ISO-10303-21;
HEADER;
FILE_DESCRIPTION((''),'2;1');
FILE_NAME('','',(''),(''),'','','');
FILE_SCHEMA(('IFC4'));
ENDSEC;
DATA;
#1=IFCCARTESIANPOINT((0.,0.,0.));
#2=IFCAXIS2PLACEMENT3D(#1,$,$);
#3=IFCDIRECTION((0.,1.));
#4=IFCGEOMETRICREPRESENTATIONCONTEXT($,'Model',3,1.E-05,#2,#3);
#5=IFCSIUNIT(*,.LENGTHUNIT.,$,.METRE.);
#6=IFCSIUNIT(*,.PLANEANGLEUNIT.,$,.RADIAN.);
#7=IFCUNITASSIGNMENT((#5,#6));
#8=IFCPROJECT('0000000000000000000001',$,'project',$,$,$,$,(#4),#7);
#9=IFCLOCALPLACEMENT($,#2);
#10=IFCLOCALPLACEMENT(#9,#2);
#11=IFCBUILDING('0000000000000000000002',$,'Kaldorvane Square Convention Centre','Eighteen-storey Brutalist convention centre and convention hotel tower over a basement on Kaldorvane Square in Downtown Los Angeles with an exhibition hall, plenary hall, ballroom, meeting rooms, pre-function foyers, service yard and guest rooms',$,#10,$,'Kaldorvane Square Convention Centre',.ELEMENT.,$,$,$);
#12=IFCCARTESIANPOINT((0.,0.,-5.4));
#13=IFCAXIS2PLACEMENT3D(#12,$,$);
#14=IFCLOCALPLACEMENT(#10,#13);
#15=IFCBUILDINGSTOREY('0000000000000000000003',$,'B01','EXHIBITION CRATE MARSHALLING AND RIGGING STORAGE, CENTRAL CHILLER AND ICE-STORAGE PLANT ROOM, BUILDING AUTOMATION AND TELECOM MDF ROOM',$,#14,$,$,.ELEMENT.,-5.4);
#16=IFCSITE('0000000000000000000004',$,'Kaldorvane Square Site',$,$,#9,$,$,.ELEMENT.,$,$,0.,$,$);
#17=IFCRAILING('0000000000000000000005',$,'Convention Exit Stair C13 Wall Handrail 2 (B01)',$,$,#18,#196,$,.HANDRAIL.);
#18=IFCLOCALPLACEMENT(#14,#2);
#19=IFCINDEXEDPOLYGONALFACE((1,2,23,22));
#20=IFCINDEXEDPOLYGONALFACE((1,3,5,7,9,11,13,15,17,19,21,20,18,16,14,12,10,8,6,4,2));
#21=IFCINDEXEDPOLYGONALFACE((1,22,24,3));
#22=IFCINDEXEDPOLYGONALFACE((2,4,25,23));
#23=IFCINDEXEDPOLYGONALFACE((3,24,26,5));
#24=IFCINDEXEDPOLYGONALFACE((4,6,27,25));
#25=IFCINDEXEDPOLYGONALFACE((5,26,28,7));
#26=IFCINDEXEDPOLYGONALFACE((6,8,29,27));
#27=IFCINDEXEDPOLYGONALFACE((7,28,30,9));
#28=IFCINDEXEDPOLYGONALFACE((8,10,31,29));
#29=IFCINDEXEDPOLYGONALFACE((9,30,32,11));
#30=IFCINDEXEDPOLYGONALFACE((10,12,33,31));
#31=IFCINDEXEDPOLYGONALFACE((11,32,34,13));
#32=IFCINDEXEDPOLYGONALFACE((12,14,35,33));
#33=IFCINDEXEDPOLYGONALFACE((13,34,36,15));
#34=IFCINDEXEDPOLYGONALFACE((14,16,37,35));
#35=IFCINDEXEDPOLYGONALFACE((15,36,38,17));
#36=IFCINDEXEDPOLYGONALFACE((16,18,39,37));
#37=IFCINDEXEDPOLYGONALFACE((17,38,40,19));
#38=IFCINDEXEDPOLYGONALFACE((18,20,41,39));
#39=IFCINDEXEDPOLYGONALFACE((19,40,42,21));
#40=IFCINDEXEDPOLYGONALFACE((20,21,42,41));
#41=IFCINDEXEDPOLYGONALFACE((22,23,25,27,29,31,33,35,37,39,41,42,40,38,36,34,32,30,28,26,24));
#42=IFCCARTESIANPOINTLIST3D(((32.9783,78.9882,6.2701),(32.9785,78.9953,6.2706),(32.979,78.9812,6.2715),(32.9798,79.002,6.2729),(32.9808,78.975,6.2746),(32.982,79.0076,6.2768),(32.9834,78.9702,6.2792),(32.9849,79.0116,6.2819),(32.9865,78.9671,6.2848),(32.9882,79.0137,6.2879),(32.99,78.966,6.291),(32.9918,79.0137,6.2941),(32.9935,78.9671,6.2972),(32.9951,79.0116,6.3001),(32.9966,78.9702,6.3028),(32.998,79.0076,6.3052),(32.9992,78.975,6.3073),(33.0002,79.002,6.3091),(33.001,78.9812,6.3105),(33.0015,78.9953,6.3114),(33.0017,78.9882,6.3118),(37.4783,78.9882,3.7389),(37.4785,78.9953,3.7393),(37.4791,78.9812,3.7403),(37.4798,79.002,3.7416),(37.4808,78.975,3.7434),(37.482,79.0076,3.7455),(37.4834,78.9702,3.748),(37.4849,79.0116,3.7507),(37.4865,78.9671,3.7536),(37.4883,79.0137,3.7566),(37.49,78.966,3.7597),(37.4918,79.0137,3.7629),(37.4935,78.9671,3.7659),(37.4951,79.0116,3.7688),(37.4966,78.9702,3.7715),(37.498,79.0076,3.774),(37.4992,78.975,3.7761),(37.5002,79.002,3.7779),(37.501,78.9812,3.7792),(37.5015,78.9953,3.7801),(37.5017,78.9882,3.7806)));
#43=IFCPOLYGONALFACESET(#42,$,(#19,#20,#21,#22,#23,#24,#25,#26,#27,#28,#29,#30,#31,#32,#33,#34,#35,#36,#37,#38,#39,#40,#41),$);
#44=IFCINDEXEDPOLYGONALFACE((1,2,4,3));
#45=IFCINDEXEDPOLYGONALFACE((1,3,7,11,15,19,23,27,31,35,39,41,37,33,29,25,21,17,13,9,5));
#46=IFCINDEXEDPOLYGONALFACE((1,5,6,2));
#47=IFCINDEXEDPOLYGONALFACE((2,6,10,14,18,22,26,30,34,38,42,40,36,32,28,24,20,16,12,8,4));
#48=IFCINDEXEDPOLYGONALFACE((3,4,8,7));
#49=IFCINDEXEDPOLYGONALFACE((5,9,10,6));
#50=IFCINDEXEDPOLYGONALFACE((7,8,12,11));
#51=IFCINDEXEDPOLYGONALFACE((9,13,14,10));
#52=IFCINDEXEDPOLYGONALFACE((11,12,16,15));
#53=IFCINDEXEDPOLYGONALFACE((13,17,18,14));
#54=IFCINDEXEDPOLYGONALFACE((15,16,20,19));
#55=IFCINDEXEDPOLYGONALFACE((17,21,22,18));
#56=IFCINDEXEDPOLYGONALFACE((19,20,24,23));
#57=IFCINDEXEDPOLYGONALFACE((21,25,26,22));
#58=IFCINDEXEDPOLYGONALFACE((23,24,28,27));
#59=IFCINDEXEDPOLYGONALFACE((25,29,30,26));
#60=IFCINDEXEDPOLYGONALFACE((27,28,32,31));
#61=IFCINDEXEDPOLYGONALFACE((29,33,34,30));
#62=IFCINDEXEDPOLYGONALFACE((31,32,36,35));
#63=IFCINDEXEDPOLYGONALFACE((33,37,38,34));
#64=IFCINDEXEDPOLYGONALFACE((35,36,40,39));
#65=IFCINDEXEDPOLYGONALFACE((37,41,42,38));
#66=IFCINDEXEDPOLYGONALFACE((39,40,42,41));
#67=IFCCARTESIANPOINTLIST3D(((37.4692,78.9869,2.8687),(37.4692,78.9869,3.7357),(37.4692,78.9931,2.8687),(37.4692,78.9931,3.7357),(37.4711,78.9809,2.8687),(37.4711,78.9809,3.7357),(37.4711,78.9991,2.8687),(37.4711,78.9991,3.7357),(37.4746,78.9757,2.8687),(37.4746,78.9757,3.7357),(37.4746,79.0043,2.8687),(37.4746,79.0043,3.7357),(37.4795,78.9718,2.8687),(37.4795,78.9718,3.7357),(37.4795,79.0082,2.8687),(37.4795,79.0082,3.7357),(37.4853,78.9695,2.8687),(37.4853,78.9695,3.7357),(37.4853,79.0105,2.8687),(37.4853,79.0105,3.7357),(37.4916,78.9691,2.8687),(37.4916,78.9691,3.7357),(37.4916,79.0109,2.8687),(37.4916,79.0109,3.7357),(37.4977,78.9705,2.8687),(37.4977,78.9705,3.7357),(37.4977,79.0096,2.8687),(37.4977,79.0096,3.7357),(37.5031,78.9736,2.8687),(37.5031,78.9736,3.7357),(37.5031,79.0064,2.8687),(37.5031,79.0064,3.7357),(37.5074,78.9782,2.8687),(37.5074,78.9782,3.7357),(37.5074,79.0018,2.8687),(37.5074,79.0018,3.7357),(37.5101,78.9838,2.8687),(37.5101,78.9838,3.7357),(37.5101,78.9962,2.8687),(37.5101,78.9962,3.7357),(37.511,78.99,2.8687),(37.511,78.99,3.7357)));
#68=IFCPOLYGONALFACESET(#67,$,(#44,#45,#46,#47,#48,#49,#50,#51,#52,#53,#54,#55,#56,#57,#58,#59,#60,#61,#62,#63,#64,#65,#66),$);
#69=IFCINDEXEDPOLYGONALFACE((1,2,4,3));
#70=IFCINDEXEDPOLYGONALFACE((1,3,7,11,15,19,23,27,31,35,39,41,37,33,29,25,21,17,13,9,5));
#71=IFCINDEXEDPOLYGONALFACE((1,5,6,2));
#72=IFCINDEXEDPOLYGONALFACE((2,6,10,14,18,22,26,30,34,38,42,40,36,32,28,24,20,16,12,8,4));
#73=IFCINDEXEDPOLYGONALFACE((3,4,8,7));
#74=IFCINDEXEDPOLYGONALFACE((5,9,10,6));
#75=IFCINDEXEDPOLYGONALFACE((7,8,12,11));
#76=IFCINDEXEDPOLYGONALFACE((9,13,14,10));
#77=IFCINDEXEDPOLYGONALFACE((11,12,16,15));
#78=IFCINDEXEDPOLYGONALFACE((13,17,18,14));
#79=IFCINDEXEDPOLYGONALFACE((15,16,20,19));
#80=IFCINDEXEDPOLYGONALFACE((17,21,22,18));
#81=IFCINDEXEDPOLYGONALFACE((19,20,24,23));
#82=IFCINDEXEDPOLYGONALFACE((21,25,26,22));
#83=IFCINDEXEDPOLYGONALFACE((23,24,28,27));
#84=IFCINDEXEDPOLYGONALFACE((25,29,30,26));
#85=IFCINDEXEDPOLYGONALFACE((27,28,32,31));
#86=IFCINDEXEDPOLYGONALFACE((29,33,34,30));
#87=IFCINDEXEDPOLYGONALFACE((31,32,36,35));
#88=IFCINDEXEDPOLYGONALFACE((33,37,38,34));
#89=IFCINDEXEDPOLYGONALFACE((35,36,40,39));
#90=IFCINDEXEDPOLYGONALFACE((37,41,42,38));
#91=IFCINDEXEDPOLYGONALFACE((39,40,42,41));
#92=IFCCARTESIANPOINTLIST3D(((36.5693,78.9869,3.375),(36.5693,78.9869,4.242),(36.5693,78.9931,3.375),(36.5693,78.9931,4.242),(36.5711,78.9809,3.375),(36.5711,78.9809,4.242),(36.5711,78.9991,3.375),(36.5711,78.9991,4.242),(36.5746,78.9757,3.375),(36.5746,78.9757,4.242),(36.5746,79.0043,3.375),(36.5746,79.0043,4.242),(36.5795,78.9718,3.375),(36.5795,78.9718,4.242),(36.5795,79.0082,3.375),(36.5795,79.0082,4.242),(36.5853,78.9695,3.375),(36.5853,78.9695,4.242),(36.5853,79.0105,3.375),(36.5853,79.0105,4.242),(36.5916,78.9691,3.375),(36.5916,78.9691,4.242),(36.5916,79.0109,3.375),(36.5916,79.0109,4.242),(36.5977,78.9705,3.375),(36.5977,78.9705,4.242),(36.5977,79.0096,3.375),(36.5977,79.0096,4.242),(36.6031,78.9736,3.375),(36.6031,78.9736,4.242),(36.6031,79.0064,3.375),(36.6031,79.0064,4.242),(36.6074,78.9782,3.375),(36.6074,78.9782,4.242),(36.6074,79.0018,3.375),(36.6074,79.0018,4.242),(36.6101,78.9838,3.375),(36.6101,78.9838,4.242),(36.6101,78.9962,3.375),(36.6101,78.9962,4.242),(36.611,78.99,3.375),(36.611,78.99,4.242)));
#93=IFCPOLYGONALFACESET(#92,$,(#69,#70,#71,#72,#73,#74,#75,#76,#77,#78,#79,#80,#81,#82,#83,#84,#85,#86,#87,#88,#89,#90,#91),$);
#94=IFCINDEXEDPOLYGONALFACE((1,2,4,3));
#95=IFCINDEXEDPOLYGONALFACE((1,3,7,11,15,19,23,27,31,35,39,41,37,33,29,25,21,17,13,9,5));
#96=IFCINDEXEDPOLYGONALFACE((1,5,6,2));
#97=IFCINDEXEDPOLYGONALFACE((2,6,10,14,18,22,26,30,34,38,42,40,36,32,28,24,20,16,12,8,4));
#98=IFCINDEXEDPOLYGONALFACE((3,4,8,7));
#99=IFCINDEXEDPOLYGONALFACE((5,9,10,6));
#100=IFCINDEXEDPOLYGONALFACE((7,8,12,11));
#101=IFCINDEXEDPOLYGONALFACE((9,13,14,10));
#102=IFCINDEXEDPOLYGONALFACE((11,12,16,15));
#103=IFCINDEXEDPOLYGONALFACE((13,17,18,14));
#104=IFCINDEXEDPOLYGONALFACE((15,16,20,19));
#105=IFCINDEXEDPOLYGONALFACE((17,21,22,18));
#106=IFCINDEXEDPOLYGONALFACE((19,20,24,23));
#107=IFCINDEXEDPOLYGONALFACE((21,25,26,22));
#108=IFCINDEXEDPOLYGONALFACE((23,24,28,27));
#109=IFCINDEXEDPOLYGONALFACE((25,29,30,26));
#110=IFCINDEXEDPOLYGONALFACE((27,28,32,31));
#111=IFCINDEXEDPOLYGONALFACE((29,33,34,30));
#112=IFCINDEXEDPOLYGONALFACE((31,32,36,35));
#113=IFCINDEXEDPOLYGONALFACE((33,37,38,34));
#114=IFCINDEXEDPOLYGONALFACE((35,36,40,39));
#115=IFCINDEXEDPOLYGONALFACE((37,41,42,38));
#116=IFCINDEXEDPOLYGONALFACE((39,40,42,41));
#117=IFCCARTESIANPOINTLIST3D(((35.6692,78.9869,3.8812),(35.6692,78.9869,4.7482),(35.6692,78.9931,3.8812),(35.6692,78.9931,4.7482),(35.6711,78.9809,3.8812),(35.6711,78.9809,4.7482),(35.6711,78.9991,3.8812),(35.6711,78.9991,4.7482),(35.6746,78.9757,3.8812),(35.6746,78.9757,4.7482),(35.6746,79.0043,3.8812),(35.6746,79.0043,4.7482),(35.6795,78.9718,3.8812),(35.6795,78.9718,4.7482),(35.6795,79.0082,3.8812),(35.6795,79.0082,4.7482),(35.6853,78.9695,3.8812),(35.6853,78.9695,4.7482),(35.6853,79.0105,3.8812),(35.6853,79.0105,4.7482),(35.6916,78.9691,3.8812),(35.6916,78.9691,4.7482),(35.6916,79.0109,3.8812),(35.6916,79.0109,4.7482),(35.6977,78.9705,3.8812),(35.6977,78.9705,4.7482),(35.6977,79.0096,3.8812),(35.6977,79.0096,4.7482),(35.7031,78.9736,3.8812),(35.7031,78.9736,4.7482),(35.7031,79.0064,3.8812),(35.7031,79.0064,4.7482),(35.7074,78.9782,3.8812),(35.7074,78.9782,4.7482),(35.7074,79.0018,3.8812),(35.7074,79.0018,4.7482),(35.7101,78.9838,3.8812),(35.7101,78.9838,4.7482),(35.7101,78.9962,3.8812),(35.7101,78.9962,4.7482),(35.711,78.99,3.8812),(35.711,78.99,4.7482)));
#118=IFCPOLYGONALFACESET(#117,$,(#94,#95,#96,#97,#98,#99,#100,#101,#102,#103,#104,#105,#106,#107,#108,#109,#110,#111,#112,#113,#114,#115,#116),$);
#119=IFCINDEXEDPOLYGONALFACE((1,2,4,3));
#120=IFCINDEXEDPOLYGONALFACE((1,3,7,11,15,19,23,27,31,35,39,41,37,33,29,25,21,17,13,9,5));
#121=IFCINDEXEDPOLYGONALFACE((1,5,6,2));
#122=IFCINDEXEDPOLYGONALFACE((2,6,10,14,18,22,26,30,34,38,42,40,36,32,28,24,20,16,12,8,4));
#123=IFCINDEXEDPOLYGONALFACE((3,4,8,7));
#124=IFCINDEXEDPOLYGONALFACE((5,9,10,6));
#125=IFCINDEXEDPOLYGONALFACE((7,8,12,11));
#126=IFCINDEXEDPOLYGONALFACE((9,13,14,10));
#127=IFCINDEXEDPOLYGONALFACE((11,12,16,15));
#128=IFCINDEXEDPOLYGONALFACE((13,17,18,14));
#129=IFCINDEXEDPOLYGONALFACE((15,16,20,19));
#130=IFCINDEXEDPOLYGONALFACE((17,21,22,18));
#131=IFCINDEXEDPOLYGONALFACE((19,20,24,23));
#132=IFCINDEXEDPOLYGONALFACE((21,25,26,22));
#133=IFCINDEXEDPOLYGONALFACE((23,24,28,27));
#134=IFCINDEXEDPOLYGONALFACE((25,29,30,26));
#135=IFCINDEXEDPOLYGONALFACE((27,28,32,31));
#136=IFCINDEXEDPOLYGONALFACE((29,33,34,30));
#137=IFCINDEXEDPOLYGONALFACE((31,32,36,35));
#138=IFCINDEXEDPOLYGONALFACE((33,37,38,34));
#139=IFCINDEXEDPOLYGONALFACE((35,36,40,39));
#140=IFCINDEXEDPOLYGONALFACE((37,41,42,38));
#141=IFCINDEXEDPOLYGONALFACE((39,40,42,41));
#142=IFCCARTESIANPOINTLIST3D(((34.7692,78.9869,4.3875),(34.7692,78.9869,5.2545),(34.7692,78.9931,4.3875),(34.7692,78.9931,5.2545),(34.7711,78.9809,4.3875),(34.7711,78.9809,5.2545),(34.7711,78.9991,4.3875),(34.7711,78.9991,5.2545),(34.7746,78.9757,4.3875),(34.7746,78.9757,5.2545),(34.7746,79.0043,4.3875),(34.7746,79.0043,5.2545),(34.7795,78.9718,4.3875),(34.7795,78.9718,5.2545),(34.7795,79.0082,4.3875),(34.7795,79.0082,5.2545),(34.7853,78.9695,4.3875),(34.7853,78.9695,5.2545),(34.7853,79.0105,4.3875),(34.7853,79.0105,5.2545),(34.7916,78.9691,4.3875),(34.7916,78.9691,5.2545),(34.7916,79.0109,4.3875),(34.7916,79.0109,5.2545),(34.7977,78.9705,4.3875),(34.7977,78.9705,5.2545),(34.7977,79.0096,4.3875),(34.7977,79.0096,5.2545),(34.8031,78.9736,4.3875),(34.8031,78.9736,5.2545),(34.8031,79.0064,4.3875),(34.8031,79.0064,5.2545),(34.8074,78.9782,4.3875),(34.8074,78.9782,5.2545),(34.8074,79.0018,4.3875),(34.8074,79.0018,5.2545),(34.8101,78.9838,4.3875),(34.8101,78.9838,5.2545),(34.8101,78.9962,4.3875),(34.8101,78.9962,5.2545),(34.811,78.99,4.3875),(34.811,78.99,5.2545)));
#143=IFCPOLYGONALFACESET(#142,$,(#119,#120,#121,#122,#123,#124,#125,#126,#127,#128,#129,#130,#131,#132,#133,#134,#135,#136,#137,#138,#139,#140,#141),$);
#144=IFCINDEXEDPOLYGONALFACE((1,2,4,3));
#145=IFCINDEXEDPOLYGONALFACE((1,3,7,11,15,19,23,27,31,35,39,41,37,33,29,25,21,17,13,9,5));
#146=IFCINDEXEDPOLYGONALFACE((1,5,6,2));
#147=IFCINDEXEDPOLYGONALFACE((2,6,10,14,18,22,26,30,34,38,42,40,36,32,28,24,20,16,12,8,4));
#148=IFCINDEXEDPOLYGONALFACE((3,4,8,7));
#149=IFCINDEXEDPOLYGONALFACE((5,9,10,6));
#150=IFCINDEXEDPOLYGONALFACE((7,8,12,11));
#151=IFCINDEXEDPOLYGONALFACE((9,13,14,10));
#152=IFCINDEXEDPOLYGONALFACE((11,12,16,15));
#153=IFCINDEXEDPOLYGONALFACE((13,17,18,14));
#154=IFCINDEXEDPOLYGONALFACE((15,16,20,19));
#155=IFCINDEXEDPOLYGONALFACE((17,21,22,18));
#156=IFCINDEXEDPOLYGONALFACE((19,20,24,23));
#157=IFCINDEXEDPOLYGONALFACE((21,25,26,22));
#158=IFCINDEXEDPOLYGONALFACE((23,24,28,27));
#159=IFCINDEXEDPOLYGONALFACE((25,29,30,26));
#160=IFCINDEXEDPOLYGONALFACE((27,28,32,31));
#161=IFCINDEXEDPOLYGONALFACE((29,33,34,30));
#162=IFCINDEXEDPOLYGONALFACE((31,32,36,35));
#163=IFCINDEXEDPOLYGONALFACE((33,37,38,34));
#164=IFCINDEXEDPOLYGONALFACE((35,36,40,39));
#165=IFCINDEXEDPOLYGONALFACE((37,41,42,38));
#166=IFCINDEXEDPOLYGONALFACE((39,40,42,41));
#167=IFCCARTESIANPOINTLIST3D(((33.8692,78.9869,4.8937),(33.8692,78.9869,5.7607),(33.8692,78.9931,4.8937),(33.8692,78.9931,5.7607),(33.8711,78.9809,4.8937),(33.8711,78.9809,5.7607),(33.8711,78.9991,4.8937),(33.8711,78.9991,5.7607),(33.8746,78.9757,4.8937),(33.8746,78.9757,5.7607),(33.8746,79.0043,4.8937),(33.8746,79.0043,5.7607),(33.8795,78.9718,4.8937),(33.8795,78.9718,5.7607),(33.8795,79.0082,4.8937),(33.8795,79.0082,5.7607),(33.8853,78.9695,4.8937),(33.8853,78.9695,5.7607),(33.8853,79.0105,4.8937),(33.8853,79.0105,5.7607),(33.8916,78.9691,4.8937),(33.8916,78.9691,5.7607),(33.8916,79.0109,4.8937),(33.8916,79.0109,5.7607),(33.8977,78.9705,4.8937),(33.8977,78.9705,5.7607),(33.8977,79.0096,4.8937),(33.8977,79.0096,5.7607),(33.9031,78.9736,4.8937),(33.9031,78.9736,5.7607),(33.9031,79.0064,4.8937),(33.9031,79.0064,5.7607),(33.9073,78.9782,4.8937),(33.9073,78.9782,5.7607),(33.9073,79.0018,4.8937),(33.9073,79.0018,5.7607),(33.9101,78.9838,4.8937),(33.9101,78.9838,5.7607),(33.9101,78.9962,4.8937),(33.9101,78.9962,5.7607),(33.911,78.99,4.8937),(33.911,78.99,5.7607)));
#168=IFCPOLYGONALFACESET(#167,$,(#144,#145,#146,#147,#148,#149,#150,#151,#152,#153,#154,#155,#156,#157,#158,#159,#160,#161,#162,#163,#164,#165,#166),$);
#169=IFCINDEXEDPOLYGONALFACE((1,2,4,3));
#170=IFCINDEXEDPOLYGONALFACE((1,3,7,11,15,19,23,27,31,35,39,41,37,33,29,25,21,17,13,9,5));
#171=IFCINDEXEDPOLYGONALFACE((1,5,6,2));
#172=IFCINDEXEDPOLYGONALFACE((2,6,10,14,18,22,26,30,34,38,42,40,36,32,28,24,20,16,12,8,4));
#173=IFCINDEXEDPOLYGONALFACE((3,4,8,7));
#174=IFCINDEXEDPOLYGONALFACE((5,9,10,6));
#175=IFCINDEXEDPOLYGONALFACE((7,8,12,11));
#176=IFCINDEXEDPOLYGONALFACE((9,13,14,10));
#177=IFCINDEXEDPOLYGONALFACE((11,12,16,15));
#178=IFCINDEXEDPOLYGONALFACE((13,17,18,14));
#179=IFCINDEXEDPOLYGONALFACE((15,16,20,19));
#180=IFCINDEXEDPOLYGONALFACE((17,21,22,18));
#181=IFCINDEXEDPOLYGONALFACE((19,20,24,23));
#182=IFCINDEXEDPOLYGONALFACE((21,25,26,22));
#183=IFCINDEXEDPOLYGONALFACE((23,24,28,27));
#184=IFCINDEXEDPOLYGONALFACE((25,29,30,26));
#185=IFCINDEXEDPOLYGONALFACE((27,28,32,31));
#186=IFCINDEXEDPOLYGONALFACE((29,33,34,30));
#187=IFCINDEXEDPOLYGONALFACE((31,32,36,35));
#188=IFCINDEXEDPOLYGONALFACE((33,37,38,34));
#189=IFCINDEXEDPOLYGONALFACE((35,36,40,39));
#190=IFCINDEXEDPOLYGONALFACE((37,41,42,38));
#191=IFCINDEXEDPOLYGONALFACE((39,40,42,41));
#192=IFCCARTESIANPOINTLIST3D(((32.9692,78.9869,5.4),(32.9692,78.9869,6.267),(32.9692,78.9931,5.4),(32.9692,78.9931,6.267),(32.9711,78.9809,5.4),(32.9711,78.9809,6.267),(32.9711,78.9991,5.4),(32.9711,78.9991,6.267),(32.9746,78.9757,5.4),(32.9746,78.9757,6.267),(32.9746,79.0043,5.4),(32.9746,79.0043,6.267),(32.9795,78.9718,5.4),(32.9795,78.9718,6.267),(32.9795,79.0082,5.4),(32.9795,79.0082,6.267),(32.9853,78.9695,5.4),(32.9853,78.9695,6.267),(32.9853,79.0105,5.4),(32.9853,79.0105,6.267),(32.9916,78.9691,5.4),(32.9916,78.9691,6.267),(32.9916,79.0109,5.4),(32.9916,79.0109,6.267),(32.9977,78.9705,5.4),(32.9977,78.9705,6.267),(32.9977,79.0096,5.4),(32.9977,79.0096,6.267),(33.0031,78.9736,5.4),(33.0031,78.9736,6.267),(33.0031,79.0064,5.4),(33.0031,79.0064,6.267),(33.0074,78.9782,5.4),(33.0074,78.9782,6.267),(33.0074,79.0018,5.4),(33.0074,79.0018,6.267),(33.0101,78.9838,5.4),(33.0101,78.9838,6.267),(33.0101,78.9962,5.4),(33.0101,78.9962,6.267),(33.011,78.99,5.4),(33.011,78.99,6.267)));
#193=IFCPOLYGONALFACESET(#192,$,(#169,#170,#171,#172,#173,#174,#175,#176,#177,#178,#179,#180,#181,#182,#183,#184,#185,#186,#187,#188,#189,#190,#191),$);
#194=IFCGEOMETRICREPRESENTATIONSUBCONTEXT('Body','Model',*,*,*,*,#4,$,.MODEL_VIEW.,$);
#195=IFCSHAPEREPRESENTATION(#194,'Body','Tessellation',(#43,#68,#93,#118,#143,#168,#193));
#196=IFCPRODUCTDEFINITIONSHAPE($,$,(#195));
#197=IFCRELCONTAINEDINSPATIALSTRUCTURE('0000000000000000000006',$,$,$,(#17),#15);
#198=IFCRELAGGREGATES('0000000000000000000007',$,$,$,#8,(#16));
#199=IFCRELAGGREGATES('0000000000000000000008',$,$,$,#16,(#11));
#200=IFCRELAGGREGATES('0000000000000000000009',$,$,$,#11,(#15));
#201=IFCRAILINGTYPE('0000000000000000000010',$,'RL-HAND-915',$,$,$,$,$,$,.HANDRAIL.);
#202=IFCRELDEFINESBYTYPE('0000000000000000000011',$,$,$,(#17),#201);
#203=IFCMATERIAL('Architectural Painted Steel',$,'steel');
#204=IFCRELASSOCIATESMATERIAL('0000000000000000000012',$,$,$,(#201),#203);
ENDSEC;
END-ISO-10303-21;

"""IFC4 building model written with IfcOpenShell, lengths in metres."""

from ifc_helpers import new_model, si_unit, direction, frame, origin, origin_2d, place, context, subcontext, project, spatial, circle, extrude, material, type_object, element, save


model = new_model("IFC4")

# Units and contexts
model_context = context("Model", 3, precision=1e-05, world=origin(), true_north=direction((0.0, 1.0)))
body_context = subcontext(model_context, "Body", "Model", "MODEL_VIEW")
ifc_project = project(units=[si_unit("LENGTHUNIT", "METRE"), si_unit("PLANEANGLEUNIT", "RADIAN")], contexts=[model_context])

# Site, building, storey
site_placement = place(None, origin())
site = spatial("IfcSite", under=ifc_project, at=site_placement, Name="Kaldorvane Square Site", CompositionType="ELEMENT", RefElevation=0.0)
building_placement = place(site_placement, origin())
building = spatial("IfcBuilding", under=site, at=building_placement, Name="Kaldorvane Square Convention Centre", Description="Eighteen-storey Brutalist convention centre and convention hotel tower over a basement on Kaldorvane Square in Downtown Los Angeles with an exhibition hall, plenary hall, ballroom, meeting rooms, pre-function foyers, service yard and guest rooms", LongName="Kaldorvane Square Convention Centre", CompositionType="ELEMENT")
storey_placement = place(building_placement, frame((0.0, 0.0, -5.4)))
storey = spatial("IfcBuildingStorey", under=building, at=storey_placement, Name="B01", Description="EXHIBITION CRATE MARSHALLING AND RIGGING STORAGE, CENTRAL CHILLER AND ICE-STORAGE PLANT ROOM, BUILDING AUTOMATION AND TELECOM MDF ROOM", CompositionType="ELEMENT", Elevation=-5.4)

# Railing
ifc_material_1 = material(Name="Architectural Painted Steel", Category="steel")
railing_type_1 = type_object("IfcRailingType", Name="RL-HAND-915", PredefinedType="HANDRAIL", material=ifc_material_1)
railing_1_placement = place(storey_placement, frame((37.49, 78.99, 2.8687)))
element("IfcRailing", 1, at=railing_1_placement, inside=storey, type_object=railing_type_1, Name="Convention Exit Stair C13 Wall Handrail 2 (B01)", PredefinedType="HANDRAIL", context=body_context, shape_type="SweptSolid", body=[
    extrude(circle(Radius=0.024, at=origin_2d()), frame((0.0, 0.0, 0.891), z_axis=(-0.871576, 0.0, 0.490261), x_axis=(0.0, -1.0, 0.0)), (0.0, 0.0, 1.0), 5.1631),
    extrude(circle(Radius=0.021, at=origin_2d()), origin(), (0.0, 0.0, 1.0), 0.867),
    extrude(circle(Radius=0.021, at=origin_2d()), frame((-0.9, 0.0, 0.5063)), (0.0, 0.0, 1.0), 0.867),
    extrude(circle(Radius=0.021, at=origin_2d()), frame((-1.8, 0.0, 1.0125)), (0.0, 0.0, 1.0), 0.867),
    extrude(circle(Radius=0.021, at=origin_2d()), frame((-2.7, 0.0, 1.5188)), (0.0, 0.0, 1.0), 0.867),
    extrude(circle(Radius=0.021, at=origin_2d()), frame((-3.6, 0.0, 2.025)), (0.0, 0.0, 1.0), 0.867),
    extrude(circle(Radius=0.021, at=origin_2d()), frame((-4.5, 0.0, 2.5312)), (0.0, 0.0, 1.0), 0.867),
])

save(model, "model.ifc")
